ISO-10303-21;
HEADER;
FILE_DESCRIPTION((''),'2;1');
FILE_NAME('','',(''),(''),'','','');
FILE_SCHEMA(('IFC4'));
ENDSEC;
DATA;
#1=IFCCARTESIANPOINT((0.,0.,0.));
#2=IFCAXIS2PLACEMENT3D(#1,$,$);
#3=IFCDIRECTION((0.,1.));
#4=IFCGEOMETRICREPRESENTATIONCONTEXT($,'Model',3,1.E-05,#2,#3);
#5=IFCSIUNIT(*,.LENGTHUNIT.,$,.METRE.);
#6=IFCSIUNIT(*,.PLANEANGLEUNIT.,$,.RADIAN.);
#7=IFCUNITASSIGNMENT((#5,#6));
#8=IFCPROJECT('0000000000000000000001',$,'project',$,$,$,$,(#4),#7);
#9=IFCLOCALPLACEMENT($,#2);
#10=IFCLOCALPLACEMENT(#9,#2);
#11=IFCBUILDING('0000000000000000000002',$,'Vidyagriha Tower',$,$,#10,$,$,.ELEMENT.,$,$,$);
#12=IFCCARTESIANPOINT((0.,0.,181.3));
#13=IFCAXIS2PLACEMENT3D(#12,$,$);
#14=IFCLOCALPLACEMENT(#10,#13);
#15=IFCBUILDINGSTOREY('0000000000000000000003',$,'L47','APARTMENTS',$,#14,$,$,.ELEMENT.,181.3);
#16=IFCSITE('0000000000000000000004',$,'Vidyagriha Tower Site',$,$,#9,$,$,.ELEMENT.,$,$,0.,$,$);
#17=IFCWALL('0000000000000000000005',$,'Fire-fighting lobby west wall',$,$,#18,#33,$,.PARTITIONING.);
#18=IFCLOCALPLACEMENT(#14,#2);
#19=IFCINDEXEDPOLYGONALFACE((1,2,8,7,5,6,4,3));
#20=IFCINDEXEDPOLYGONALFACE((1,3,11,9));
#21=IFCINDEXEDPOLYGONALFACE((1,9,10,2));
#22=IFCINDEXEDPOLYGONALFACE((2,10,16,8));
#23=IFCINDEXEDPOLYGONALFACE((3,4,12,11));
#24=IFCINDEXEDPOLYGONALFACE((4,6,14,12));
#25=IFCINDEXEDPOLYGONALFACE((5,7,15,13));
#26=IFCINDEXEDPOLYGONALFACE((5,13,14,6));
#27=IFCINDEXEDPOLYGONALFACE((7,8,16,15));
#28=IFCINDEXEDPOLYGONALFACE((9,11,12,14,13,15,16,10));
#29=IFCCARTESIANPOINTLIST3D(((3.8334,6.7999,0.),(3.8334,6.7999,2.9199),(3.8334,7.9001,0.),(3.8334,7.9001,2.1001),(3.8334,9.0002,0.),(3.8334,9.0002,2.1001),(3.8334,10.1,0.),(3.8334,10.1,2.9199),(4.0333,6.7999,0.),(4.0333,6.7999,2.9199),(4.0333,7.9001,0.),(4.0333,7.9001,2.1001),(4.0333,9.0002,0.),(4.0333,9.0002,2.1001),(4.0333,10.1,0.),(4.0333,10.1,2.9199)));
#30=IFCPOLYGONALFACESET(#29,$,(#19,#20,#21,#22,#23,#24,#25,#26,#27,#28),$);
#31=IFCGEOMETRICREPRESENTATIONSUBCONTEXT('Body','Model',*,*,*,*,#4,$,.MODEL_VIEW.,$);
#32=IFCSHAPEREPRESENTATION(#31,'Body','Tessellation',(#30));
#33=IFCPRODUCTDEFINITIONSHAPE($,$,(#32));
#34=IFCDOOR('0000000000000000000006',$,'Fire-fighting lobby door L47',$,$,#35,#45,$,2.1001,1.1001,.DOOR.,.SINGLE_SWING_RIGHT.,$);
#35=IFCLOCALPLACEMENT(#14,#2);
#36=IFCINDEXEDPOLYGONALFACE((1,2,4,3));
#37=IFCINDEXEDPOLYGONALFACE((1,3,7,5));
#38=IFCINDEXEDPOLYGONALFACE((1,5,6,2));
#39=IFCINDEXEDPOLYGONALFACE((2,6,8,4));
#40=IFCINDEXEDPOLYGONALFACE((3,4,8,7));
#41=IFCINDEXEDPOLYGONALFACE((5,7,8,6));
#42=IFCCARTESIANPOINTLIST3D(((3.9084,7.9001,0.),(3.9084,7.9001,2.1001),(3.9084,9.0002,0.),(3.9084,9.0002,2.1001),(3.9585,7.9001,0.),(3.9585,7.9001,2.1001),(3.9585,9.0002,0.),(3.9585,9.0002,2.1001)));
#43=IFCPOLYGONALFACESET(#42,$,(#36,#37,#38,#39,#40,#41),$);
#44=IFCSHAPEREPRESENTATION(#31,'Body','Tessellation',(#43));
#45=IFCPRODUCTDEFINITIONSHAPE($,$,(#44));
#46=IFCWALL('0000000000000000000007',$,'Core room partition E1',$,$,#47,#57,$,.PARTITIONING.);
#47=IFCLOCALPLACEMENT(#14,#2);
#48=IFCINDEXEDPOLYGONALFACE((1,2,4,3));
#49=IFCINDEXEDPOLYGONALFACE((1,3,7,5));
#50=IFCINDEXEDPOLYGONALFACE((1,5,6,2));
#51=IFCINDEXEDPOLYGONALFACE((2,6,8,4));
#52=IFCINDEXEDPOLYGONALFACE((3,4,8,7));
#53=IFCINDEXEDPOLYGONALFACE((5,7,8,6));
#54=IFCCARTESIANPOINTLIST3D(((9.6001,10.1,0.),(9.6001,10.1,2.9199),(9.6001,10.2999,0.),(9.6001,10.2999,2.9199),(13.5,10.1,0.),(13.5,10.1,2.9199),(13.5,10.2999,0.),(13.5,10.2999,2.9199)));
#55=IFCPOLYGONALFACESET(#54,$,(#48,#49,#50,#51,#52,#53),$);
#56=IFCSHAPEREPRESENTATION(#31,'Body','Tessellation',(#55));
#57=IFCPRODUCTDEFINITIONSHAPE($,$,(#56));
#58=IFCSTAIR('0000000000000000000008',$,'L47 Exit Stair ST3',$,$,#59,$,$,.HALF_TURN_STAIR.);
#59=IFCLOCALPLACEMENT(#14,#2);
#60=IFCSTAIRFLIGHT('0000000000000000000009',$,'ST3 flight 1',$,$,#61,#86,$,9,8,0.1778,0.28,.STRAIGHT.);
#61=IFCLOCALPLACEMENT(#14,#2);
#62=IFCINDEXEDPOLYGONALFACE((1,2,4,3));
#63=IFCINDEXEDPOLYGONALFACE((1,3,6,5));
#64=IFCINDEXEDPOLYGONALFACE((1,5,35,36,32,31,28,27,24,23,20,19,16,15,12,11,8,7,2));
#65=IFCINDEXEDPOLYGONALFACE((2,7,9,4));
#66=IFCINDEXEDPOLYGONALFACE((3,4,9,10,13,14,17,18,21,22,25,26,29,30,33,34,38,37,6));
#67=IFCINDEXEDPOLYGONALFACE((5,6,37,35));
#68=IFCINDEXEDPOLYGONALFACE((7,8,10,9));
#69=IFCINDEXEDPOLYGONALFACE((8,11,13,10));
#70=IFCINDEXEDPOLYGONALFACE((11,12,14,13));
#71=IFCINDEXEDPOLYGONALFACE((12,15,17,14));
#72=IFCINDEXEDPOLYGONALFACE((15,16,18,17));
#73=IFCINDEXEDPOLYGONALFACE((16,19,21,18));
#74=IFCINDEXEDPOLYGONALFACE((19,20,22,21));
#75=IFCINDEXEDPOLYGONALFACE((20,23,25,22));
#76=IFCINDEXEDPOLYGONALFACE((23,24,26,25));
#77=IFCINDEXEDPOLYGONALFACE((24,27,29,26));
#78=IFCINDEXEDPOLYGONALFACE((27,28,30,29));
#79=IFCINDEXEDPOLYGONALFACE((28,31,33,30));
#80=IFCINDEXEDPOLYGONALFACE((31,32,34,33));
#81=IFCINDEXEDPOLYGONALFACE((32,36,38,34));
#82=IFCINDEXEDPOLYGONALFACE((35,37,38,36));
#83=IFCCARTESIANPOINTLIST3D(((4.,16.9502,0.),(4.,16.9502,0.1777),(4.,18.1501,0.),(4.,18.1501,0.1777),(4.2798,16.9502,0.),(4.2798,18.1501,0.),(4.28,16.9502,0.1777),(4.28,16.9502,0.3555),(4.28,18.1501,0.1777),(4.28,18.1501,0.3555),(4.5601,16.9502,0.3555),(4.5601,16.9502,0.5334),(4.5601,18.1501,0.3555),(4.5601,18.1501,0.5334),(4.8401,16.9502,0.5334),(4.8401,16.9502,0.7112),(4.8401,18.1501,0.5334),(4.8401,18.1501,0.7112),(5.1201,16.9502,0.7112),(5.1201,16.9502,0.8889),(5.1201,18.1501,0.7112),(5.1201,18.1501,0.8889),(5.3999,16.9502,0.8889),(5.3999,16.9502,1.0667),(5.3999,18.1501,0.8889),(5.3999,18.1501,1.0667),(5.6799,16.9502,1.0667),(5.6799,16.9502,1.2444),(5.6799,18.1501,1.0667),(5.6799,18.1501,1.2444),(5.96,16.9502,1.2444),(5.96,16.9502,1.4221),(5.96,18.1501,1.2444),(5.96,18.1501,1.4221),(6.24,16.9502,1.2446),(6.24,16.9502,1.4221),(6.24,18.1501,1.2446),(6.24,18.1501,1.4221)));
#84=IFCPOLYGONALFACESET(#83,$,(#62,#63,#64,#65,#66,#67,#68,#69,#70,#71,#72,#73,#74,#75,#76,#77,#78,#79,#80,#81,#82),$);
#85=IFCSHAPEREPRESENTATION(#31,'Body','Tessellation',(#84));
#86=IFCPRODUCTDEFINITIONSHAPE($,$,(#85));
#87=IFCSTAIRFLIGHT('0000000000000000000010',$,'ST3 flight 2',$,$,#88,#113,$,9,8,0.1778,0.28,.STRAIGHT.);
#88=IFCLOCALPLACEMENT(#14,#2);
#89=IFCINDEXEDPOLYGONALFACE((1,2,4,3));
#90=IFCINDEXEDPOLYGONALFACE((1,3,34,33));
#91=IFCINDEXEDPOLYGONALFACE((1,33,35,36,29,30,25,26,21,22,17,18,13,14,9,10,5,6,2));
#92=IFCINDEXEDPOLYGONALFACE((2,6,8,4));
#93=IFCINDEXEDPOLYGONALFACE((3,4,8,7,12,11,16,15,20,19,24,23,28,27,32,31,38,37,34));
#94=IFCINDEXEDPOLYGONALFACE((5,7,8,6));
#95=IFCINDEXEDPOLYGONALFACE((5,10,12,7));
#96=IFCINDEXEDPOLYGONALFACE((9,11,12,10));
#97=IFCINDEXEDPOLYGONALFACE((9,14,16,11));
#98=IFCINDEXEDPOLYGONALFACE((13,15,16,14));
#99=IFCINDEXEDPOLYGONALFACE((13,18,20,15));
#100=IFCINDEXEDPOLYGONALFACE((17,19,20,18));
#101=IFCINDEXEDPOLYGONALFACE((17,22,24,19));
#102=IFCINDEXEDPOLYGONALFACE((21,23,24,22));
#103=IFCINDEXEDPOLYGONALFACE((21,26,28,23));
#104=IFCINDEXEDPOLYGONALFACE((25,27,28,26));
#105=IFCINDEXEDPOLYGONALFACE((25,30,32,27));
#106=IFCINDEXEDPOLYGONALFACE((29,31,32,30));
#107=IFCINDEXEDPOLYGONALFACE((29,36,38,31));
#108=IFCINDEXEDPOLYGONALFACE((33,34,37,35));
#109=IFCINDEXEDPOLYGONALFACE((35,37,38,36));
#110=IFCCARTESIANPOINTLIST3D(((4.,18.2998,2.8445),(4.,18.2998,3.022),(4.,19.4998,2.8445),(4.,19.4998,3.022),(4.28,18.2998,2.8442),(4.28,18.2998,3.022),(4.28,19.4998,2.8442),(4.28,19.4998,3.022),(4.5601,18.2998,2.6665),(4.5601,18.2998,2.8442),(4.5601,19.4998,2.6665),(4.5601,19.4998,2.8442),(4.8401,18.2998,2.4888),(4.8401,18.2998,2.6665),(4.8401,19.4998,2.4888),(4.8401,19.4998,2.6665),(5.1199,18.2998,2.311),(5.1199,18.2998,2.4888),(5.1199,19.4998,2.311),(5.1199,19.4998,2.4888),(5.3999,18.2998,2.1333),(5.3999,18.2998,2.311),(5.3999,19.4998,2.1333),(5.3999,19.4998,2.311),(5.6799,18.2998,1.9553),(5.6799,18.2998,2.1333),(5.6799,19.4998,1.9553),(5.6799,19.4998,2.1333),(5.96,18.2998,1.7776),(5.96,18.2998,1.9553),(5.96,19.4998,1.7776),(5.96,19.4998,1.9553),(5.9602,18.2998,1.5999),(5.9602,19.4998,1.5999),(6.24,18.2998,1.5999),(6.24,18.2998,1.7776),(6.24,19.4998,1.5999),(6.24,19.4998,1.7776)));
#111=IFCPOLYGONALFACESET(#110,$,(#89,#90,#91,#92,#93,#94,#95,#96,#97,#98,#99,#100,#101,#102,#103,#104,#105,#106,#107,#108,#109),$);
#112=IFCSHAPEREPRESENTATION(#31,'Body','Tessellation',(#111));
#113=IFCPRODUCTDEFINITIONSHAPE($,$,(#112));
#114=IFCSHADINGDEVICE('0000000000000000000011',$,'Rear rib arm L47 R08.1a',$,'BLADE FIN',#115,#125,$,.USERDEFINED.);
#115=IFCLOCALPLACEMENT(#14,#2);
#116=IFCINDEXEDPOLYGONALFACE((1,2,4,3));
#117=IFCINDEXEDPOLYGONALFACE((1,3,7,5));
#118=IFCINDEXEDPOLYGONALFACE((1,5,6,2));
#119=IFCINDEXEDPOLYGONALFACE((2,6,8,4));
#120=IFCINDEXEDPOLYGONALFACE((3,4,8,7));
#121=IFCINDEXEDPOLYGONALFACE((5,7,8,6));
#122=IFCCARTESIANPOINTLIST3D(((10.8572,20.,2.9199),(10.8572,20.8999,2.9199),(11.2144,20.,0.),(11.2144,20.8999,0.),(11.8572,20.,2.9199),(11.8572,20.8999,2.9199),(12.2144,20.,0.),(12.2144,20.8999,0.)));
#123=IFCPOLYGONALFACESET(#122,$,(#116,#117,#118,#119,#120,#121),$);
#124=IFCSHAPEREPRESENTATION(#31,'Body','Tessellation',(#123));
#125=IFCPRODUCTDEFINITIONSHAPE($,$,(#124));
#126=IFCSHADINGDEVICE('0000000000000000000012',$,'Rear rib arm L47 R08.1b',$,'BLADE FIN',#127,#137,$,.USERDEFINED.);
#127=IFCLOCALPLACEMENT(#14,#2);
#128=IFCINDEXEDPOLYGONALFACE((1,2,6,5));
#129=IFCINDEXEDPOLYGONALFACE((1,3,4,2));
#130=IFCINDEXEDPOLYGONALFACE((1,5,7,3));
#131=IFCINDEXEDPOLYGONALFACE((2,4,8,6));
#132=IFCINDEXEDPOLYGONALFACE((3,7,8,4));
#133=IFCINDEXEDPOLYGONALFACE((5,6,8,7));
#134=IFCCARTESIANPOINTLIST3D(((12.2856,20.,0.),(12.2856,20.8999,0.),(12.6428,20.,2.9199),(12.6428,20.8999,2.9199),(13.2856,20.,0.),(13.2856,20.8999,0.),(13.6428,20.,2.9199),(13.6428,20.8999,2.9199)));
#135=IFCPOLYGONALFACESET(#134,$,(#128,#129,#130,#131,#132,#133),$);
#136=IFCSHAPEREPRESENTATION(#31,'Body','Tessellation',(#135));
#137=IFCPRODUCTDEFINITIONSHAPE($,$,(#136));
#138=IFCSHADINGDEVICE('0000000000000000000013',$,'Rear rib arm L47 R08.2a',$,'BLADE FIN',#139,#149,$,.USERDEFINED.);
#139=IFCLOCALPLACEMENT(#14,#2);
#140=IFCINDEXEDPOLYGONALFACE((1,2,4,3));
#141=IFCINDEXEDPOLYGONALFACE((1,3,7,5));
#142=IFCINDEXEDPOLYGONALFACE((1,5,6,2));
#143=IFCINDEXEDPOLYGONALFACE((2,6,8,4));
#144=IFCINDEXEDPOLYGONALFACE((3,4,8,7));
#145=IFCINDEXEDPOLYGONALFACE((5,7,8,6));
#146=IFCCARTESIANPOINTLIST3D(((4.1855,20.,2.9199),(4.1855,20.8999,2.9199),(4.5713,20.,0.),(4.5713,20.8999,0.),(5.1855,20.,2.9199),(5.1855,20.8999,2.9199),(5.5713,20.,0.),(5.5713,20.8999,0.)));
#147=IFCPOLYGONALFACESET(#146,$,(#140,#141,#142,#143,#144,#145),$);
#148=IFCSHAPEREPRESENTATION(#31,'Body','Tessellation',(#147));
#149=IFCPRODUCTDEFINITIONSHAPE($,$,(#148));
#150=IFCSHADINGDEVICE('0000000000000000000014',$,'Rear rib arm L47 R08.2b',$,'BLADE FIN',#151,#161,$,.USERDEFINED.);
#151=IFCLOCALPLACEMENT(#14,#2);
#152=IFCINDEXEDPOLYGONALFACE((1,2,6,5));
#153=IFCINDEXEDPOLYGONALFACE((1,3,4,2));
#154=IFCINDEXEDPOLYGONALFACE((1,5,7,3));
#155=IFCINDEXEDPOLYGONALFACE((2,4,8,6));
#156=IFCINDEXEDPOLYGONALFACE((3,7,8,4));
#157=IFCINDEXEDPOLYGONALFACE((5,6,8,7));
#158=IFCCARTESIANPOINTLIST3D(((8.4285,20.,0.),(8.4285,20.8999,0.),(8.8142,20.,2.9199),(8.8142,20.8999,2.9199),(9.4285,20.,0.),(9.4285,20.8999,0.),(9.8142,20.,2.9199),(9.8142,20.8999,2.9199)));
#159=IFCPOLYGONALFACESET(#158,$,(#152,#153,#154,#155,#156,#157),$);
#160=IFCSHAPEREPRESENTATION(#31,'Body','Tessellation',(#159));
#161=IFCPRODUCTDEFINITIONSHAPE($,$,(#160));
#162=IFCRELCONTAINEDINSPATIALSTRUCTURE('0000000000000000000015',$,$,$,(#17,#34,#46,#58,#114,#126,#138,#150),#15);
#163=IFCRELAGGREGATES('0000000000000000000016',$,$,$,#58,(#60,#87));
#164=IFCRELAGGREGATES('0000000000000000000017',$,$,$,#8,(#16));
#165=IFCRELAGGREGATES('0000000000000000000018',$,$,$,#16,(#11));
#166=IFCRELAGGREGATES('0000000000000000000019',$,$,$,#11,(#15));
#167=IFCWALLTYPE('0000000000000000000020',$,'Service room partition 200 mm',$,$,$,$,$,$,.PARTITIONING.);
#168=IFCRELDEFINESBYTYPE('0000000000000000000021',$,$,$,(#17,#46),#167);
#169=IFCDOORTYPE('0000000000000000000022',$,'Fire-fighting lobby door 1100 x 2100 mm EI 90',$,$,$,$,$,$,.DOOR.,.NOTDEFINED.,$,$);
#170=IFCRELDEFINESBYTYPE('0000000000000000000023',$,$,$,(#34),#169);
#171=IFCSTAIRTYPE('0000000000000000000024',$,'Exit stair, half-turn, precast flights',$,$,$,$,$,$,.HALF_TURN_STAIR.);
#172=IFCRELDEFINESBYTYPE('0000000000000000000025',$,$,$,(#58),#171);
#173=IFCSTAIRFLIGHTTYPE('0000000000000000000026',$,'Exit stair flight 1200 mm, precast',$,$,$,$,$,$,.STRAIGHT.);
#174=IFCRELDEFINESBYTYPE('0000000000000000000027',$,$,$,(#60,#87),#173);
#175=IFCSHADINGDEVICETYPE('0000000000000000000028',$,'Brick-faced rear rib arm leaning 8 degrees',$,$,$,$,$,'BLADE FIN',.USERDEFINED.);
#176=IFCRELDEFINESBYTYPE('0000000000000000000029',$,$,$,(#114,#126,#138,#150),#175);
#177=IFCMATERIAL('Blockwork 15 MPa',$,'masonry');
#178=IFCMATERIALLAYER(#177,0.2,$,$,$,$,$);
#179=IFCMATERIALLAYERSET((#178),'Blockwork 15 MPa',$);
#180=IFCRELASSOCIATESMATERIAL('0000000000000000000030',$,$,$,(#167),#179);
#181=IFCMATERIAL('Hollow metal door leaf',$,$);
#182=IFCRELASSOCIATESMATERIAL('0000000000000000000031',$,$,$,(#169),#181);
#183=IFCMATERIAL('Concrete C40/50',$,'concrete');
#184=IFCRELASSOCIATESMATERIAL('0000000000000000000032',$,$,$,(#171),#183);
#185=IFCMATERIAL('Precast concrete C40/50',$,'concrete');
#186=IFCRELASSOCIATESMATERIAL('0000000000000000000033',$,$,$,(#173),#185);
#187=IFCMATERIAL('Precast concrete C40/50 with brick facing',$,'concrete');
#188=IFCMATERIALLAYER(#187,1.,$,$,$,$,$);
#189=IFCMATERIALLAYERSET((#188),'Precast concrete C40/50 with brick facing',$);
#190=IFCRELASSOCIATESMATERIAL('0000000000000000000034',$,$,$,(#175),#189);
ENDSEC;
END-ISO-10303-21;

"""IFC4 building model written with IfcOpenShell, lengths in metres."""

from ifc_helpers import new_model, si_unit, direction, frame, frame_2d, origin, place, context, subcontext, project, spatial, polyline, rectangle, outline, extrude, material, layer, layer_set, type_object, element, fill, aggregate, save


model = new_model("IFC4")

# Units and contexts
model_context = context("Model", 3, precision=1e-05, world=origin(), true_north=direction((0.0, 1.0)))
body_context = subcontext(model_context, "Body", "Model", "MODEL_VIEW")
ifc_project = project(units=[si_unit("LENGTHUNIT", "METRE"), si_unit("PLANEANGLEUNIT", "RADIAN")], contexts=[model_context])

# Site, building, storey
site_placement = place(None, origin())
site = spatial("IfcSite", under=ifc_project, at=site_placement, Name="Vidyagriha Tower Site", CompositionType="ELEMENT", RefElevation=0.0)
building_placement = place(site_placement, origin())
building = spatial("IfcBuilding", under=site, at=building_placement, Name="Vidyagriha Tower", CompositionType="ELEMENT")
storey_placement = place(building_placement, frame((0.0, 0.0, 181.3)))
storey = spatial("IfcBuildingStorey", under=building, at=storey_placement, Name="L47", Description="APARTMENTS", CompositionType="ELEMENT", Elevation=181.3)

# Wall, opening, door
ifc_material_1 = material(Name="Blockwork 15 MPa", Category="masonry")
ifc_layer_1 = layer(ifc_material_1, 0.2)
ifc_layer_set_1 = layer_set([ifc_layer_1], Name="Blockwork 15 MPa")
wall_type_1 = type_object("IfcWallType", Name="Service room partition 200 mm", PredefinedType="PARTITIONING", material=ifc_layer_set_1)
wall_1_placement = place(storey_placement, frame((3.9333, 6.8, 0.0), z_axis=(0.0, 0.0, 1.0), x_axis=(0.0, 1.0, 0.0)))
wall_1 = element("IfcWall", 1, at=wall_1_placement, inside=storey, type_object=wall_type_1, Name="Fire-fighting lobby west wall", PredefinedType="PARTITIONING", context=body_context, shape_type="SweptSolid", body=[
    extrude(rectangle(XDim=3.3, YDim=0.2, at=frame_2d((1.6499, 0.0))), origin(), (0.0, 0.0, 1.0), 2.9199),
])
opening_1_placement = place(wall_1_placement, frame((1.1001, 0.0, 0.0)))
opening_1 = element("IfcOpeningElement", 2, at=opening_1_placement, cuts=wall_1, PredefinedType="OPENING", context=body_context, shape_type="SweptSolid", body=[
    extrude(rectangle(XDim=1.1001, YDim=2.1001, at=frame_2d((0.55, 1.05))), frame((0.0, 0.1099, 0.0), z_axis=(0.0, -1.0, 0.0), x_axis=(1.0, 0.0, 0.0)), (0.0, 0.0, 1.0), 0.22),
])
ifc_material_2 = material(Name="Hollow metal door leaf")
door_type_1 = type_object("IfcDoorType", Name="Fire-fighting lobby door 1100 x 2100 mm EI 90", OperationType="NOTDEFINED", PredefinedType="DOOR", material=ifc_material_2)
door_1_placement = place(opening_1_placement, origin())
door_1 = element("IfcDoor", 3, at=door_1_placement, inside=storey, type_object=door_type_1, Name="Fire-fighting lobby door L47", OperationType="SINGLE_SWING_RIGHT", OverallHeight=2.1001, OverallWidth=1.1001, PredefinedType="DOOR", context=body_context, shape_type="SweptSolid", body=[
    extrude(rectangle(XDim=1.1001, YDim=2.1001, at=frame_2d((0.55, 1.05))), frame((0.0, 0.0249, 0.0), z_axis=(0.0, -1.0, 0.0), x_axis=(1.0, 0.0, 0.0)), (0.0, 0.0, 1.0), 0.05),
])
fill(opening_1, door_1)

# Wall
wall_2_placement = place(storey_placement, frame((9.6001, 10.2, 0.0)))
element("IfcWall", 4, at=wall_2_placement, inside=storey, type_object=wall_type_1, Name="Core room partition E1", PredefinedType="PARTITIONING", context=body_context, shape_type="SweptSolid", body=[
    extrude(rectangle(XDim=3.8999, YDim=0.2, at=frame_2d((1.95, 0.0))), origin(), (0.0, 0.0, 1.0), 2.9199),
])

# Stair, stair flights
ifc_material_3 = material(Name="Concrete C40/50", Category="concrete")
stair_type = type_object("IfcStairType", Name="Exit stair, half-turn, precast flights", PredefinedType="HALF_TURN_STAIR", material=ifc_material_3)
stair_placement = place(storey_placement, origin())
stair = element("IfcStair", 5, at=stair_placement, inside=storey, type_object=stair_type, Name="L47 Exit Stair ST3", PredefinedType="HALF_TURN_STAIR")
ifc_material_4 = material(Name="Precast concrete C40/50", Category="concrete")
stair_flight_type = type_object("IfcStairFlightType", Name="Exit stair flight 1200 mm, precast", PredefinedType="STRAIGHT", material=ifc_material_4)
stair_flight_1_placement = place(storey_placement, frame((4.0, 17.55, 0.0)))
stair_flight_1 = element("IfcStairFlight", 6, at=stair_flight_1_placement, type_object=stair_flight_type, Name="ST3 flight 1", NumberOfRisers=9, NumberOfTreads=8, PredefinedType="STRAIGHT", RiserHeight=0.1778, TreadLength=0.28, context=body_context, shape_type="SweptSolid", body=[
    extrude(outline(polyline([(0.0, 0.0), (0.0, 0.1777), (0.28, 0.1777), (0.28, 0.3555), (0.5601, 0.3555), (0.5601, 0.5334), (0.8401, 0.5334), (0.8401, 0.7112), (1.1201, 0.7112), (1.1201, 0.8889), (1.3999, 0.8889), (1.3999, 1.0667), (1.6799, 1.0667), (1.6799, 1.2444), (1.96, 1.2444), (1.96, 1.4221), (2.24, 1.4221), (2.24, 1.6001), (2.24, 1.2446), (0.2798, 0.0), (0.0, 0.0)])), frame((0.0, 0.6001, 0.0), z_axis=(0.0, -1.0, 0.0), x_axis=(1.0, 0.0, 0.0)), (0.0, 0.0, 1.0), 1.2),
])
stair_flight_2_placement = place(storey_placement, frame((6.24, 18.8999, 1.5999), z_axis=(0.0, 0.0, 1.0), x_axis=(-1.0, 0.0, 0.0)))
stair_flight_2 = element("IfcStairFlight", 7, at=stair_flight_2_placement, type_object=stair_flight_type, Name="ST3 flight 2", NumberOfRisers=9, NumberOfTreads=8, PredefinedType="STRAIGHT", RiserHeight=0.1778, TreadLength=0.28, context=body_context, shape_type="SweptSolid", body=[
    extrude(outline(polyline([(0.0, 0.0), (0.0, 0.1777), (0.28, 0.1777), (0.28, 0.3555), (0.5601, 0.3555), (0.5601, 0.5334), (0.8401, 0.5334), (0.8401, 0.7112), (1.1201, 0.7112), (1.1201, 0.8889), (1.3999, 0.8889), (1.3999, 1.0667), (1.6799, 1.0667), (1.6799, 1.2444), (1.96, 1.2444), (1.96, 1.4221), (2.24, 1.4221), (2.24, 1.6001), (2.24, 1.2446), (0.2798, 0.0), (0.0, 0.0)])), frame((0.0, 0.6001, 0.0), z_axis=(0.0, -1.0, 0.0), x_axis=(1.0, 0.0, 0.0)), (0.0, 0.0, 1.0), 1.2),
])
aggregate(stair, [stair_flight_1, stair_flight_2])

# Shading devices
ifc_material_5 = material(Name="Precast concrete C40/50 with brick facing", Category="concrete")
ifc_layer_2 = layer(ifc_material_5, 1.0)
ifc_layer_set_2 = layer_set([ifc_layer_2], Name="Precast concrete C40/50 with brick facing")
shading_device_type = type_object("IfcShadingDeviceType", Name="Brick-faced rear rib arm leaning 8 degrees", ElementType="BLADE FIN", PredefinedType="USERDEFINED", material=ifc_layer_set_2)
shading_device_1_placement = place(storey_placement, frame((12.2144, 20.45, 0.0), z_axis=(0.0, 0.0, 1.0), x_axis=(-1.0, 0.0, 0.0)))
element("IfcShadingDevice", 8, at=shading_device_1_placement, inside=storey, type_object=shading_device_type, Name="Rear rib arm L47 R08.1a", ObjectType="BLADE FIN", PredefinedType="USERDEFINED", context=body_context, shape_type="SweptSolid", body=[
    extrude(outline(polyline([(0.0, 0.0), (1.0, 0.0), (1.3572, 2.9199), (0.3572, 2.9199), (0.0, 0.0)])), frame((0.0, 0.45, 0.0), z_axis=(0.0, -1.0, 0.0), x_axis=(1.0, 0.0, 0.0)), (0.0, 0.0, 1.0), 0.8999),
])
shading_device_2_placement = place(storey_placement, frame((13.6428, 20.45, 0.0), z_axis=(0.0, 0.0, 1.0), x_axis=(-1.0, 0.0, 0.0)))
element("IfcShadingDevice", 9, at=shading_device_2_placement, inside=storey, type_object=shading_device_type, Name="Rear rib arm L47 R08.1b", ObjectType="BLADE FIN", PredefinedType="USERDEFINED", context=body_context, shape_type="SweptSolid", body=[
    extrude(outline(polyline([(0.3572, 0.0), (1.3572, 0.0), (1.0, 2.9199), (0.0, 2.9199), (0.3572, 0.0)])), frame((0.0, 0.45, 0.0), z_axis=(0.0, -1.0, 0.0), x_axis=(1.0, 0.0, 0.0)), (0.0, 0.0, 1.0), 0.8999),
])
shading_device_3_placement = place(storey_placement, frame((5.5713, 20.45, 0.0), z_axis=(0.0, 0.0, 1.0), x_axis=(-1.0, 0.0, 0.0)))
element("IfcShadingDevice", 10, at=shading_device_3_placement, inside=storey, type_object=shading_device_type, Name="Rear rib arm L47 R08.2a", ObjectType="BLADE FIN", PredefinedType="USERDEFINED", context=body_context, shape_type="SweptSolid", body=[
    extrude(outline(polyline([(0.0, 0.0), (1.0, 0.0), (1.3857, 2.9199), (0.3857, 2.9199), (0.0, 0.0)])), frame((0.0, 0.45, 0.0), z_axis=(0.0, -1.0, 0.0), x_axis=(1.0, 0.0, 0.0)), (0.0, 0.0, 1.0), 0.8999),
])
shading_device_4_placement = place(storey_placement, frame((9.8142, 20.45, 0.0), z_axis=(0.0, 0.0, 1.0), x_axis=(-1.0, 0.0, 0.0)))
element("IfcShadingDevice", 11, at=shading_device_4_placement, inside=storey, type_object=shading_device_type, Name="Rear rib arm L47 R08.2b", ObjectType="BLADE FIN", PredefinedType="USERDEFINED", context=body_context, shape_type="SweptSolid", body=[
    extrude(outline(polyline([(0.3857, 0.0), (1.3857, 0.0), (1.0, 2.9199), (0.0, 2.9199), (0.3857, 0.0)])), frame((0.0, 0.45, 0.0), z_axis=(0.0, -1.0, 0.0), x_axis=(1.0, 0.0, 0.0)), (0.0, 0.0, 1.0), 0.8999),
])

save(model, "model.ifc")
